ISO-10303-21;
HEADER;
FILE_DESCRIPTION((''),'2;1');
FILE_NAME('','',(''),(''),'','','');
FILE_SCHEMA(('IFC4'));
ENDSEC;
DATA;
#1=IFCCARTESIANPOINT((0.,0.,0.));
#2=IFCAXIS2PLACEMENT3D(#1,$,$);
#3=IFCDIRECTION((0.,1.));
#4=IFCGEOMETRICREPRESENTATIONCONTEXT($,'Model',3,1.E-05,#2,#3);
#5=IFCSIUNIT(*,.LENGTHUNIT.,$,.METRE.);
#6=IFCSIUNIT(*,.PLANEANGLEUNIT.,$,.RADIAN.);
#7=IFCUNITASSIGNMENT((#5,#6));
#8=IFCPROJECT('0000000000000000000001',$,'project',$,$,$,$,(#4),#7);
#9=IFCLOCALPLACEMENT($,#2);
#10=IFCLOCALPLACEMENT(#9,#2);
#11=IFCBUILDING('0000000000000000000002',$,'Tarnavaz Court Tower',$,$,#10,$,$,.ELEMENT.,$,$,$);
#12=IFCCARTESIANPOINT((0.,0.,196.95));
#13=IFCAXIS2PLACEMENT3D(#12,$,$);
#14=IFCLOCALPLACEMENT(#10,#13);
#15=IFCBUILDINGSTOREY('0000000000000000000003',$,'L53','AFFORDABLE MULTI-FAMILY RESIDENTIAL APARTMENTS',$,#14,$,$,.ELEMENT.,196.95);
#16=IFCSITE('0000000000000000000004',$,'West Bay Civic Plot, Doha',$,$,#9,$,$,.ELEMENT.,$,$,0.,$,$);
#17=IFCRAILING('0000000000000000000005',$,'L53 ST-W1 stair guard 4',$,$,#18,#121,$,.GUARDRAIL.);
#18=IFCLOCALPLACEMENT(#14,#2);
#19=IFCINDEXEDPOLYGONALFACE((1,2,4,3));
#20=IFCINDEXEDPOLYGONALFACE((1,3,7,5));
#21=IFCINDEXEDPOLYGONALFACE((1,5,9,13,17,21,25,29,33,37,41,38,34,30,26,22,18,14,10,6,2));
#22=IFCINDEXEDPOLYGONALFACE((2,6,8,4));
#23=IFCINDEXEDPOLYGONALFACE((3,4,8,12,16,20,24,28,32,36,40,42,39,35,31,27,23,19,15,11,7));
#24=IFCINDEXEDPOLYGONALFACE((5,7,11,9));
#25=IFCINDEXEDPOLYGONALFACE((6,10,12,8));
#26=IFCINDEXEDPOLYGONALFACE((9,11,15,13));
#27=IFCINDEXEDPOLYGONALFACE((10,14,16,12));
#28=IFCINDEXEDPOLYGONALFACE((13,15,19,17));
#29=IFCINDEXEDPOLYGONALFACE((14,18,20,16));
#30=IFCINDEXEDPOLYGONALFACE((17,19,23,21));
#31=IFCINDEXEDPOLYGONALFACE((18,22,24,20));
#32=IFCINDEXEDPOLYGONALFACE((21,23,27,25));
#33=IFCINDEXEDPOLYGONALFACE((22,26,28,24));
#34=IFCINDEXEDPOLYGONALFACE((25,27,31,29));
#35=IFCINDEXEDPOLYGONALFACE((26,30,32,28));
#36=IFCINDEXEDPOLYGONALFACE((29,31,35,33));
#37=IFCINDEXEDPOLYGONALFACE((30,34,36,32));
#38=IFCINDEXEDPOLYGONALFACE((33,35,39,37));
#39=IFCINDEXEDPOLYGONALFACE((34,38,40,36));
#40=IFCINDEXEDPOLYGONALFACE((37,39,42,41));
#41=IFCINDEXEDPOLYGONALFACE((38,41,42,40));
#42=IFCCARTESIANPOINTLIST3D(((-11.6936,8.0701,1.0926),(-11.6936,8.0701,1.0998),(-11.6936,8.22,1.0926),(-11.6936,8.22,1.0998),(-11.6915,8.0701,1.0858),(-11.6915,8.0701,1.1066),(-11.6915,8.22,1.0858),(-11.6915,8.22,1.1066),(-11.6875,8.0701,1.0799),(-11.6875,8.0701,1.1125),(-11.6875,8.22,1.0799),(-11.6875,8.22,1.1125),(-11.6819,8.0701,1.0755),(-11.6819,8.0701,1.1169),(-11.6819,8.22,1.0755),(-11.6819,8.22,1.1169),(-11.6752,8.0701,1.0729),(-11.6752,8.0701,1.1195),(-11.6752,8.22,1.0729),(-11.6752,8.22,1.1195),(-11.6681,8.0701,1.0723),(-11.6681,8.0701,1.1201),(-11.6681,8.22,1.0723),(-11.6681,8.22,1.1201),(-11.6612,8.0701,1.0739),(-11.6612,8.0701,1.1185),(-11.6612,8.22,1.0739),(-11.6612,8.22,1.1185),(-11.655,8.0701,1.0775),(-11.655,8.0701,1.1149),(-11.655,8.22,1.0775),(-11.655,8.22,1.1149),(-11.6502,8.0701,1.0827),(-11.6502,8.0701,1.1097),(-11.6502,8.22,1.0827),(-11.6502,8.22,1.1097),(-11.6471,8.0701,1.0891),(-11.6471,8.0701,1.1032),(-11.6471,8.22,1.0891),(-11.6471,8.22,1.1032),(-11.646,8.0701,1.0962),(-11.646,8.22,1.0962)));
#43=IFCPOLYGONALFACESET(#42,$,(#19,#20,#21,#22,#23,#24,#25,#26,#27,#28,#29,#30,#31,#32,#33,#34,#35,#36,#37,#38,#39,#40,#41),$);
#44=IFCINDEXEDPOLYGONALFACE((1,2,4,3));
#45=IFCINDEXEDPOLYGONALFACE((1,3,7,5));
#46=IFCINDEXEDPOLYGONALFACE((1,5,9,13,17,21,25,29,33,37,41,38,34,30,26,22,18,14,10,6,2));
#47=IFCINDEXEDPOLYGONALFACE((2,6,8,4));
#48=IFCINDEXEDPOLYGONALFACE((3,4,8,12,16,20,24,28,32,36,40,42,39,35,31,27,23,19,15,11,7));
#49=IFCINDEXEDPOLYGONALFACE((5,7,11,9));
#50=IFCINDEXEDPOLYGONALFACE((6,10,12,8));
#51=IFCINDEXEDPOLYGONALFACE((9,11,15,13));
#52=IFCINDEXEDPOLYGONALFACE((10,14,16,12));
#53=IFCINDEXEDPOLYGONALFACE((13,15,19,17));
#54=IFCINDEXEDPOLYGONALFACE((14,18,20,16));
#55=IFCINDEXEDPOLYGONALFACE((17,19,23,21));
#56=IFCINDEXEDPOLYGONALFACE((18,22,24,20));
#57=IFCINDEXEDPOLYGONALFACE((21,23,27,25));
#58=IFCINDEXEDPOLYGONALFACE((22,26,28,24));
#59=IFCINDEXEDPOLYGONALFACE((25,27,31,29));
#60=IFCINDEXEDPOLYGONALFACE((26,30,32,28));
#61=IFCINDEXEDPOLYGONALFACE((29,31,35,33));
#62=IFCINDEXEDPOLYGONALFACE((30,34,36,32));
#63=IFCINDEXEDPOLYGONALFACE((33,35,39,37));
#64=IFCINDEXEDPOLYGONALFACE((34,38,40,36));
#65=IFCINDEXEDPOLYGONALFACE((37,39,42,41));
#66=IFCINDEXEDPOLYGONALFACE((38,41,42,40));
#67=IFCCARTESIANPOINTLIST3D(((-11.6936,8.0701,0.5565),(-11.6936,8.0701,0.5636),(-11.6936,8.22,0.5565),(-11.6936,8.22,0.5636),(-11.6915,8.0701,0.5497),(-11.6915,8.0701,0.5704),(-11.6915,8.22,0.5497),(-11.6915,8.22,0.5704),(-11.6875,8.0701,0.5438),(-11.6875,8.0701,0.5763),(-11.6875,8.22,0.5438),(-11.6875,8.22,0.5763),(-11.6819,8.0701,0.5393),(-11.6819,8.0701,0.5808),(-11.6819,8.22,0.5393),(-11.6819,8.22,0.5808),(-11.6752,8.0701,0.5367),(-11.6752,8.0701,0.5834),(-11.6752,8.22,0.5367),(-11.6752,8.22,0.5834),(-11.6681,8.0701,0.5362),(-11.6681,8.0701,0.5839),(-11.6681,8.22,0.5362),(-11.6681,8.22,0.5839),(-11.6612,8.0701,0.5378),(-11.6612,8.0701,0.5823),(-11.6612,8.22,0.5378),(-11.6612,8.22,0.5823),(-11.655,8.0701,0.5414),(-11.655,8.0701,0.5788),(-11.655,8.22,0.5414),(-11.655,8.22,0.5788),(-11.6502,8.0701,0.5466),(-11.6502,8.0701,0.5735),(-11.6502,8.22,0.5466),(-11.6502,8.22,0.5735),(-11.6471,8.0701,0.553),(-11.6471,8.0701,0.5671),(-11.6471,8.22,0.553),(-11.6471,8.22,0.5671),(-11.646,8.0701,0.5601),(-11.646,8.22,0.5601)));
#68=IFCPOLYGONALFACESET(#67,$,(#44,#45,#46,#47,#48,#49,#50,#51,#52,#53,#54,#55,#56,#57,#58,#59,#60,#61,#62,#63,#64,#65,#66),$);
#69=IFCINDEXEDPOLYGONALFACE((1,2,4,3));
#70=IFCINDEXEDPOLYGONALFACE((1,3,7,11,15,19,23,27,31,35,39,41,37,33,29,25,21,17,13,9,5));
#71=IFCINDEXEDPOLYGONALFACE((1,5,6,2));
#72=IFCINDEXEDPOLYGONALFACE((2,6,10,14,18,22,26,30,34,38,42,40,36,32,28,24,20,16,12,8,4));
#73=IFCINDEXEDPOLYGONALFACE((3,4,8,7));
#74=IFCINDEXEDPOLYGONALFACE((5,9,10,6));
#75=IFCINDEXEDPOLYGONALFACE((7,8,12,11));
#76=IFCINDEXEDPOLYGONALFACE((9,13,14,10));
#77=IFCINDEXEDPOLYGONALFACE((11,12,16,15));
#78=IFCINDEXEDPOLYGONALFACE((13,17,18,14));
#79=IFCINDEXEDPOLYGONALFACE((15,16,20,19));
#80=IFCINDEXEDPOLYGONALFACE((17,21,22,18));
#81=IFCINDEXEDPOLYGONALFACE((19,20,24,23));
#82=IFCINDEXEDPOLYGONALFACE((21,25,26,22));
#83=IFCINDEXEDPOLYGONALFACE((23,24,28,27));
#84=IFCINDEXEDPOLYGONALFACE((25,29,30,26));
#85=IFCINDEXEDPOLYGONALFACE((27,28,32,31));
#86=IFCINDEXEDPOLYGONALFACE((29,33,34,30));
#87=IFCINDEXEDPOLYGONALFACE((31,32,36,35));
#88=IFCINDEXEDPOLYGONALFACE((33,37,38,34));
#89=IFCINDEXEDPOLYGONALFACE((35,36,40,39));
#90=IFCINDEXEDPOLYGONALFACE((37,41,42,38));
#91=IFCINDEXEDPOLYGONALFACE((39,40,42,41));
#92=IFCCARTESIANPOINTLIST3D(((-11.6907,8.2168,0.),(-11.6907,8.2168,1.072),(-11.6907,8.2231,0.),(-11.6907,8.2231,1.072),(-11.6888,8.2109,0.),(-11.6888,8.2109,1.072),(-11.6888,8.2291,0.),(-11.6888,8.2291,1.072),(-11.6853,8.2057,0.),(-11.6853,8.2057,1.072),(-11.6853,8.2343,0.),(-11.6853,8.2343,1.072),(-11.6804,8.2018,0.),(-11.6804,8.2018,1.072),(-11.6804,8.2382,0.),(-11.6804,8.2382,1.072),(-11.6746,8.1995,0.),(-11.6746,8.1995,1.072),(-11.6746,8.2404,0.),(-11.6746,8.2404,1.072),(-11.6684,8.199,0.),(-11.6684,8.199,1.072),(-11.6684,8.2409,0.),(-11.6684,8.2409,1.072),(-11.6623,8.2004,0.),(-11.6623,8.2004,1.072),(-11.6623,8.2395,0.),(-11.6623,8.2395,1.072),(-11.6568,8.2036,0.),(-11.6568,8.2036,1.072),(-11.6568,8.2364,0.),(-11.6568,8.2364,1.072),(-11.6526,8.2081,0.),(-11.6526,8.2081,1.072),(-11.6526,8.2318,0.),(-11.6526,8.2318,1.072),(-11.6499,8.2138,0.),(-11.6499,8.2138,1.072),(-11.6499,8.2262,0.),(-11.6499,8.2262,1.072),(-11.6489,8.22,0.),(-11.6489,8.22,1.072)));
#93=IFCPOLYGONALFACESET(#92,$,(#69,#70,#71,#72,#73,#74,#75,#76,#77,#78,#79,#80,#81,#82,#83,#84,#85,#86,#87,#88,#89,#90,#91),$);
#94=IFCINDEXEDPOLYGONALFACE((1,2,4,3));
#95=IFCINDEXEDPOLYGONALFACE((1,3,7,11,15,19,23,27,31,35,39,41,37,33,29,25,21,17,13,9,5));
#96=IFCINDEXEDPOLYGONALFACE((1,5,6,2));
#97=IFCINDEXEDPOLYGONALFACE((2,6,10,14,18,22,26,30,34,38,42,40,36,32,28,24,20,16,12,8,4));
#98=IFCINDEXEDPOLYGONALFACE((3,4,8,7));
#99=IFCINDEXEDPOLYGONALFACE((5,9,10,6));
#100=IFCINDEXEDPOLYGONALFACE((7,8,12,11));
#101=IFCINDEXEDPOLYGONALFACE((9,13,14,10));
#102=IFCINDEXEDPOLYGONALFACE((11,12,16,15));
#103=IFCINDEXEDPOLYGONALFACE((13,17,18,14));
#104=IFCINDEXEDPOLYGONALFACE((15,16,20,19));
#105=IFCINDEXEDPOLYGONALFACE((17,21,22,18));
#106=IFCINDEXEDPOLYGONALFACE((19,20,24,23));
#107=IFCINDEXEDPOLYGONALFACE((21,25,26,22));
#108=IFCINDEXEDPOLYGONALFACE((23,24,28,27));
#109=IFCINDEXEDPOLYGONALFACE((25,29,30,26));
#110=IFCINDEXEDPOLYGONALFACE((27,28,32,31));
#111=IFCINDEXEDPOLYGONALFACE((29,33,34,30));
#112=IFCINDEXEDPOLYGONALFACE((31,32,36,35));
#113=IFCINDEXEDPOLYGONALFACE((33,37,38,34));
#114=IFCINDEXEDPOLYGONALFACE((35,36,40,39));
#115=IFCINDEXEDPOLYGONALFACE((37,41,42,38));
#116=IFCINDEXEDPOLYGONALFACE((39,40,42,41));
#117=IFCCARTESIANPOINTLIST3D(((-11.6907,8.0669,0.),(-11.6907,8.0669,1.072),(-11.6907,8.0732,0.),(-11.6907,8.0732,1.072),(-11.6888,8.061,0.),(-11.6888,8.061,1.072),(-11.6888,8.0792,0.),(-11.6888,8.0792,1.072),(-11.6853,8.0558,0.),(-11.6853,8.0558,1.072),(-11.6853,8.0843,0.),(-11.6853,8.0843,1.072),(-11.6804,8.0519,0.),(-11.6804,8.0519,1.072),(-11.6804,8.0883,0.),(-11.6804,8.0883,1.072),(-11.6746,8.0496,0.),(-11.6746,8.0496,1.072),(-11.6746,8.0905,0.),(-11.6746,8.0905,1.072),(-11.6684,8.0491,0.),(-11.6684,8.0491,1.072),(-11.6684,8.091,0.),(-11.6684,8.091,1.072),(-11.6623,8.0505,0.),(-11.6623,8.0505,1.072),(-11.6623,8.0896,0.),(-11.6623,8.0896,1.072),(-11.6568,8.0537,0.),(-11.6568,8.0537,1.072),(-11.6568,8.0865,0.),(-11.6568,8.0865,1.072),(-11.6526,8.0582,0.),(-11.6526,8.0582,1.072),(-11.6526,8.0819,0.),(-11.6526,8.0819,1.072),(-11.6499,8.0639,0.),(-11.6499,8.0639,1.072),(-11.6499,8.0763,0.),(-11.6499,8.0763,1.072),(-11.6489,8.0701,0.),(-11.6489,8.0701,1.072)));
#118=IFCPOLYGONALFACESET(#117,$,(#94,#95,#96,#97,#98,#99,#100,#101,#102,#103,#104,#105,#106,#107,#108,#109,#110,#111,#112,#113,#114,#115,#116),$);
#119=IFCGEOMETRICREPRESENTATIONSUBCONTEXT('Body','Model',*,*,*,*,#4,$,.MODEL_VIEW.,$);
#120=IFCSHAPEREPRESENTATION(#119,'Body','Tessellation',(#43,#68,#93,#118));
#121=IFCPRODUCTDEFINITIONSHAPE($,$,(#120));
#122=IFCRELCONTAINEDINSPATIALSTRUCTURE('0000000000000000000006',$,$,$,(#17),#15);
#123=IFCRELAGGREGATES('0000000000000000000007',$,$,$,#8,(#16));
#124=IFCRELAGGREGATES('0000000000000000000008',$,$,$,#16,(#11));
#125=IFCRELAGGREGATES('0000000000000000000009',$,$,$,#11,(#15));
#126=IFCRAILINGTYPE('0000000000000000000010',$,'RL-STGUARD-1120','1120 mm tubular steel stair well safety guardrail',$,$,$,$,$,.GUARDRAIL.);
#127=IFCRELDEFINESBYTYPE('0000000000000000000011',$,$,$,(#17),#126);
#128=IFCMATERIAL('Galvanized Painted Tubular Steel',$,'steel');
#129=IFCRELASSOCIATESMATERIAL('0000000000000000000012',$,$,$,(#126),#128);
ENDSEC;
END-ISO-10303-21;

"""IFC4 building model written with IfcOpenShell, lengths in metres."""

from ifc_helpers import new_model, si_unit, direction, frame, origin, origin_2d, place, context, subcontext, project, spatial, circle, extrude, material, type_object, element, save


model = new_model("IFC4")

# Units and contexts
model_context = context("Model", 3, precision=1e-05, world=origin(), true_north=direction((0.0, 1.0)))
body_context = subcontext(model_context, "Body", "Model", "MODEL_VIEW")
ifc_project = project(units=[si_unit("LENGTHUNIT", "METRE"), si_unit("PLANEANGLEUNIT", "RADIAN")], contexts=[model_context])

# Site, building, storey
site_placement = place(None, origin())
site = spatial("IfcSite", under=ifc_project, at=site_placement, Name="West Bay Civic Plot, Doha", CompositionType="ELEMENT", RefElevation=0.0)
building_placement = place(site_placement, origin())
building = spatial("IfcBuilding", under=site, at=building_placement, Name="Tarnavaz Court Tower", CompositionType="ELEMENT")
storey_placement = place(building_placement, frame((0.0, 0.0, 196.95)))
storey = spatial("IfcBuildingStorey", under=building, at=storey_placement, Name="L53", Description="AFFORDABLE MULTI-FAMILY RESIDENTIAL APARTMENTS", CompositionType="ELEMENT", Elevation=196.95)

# Railing
ifc_material_1 = material(Name="Galvanized Painted Tubular Steel", Category="steel")
railing_type_1 = type_object("IfcRailingType", Name="RL-STGUARD-1120", Description="1120 mm tubular steel stair well safety guardrail", PredefinedType="GUARDRAIL", material=ifc_material_1)
railing_1_placement = place(storey_placement, frame((-11.6699, 8.22, 0.0)))
element("IfcRailing", 1, at=railing_1_placement, inside=storey, type_object=railing_type_1, Name="L53 ST-W1 stair guard 4", PredefinedType="GUARDRAIL", context=body_context, shape_type="SweptSolid", body=[
    extrude(circle(Radius=0.0239, at=origin_2d()), frame((0.0, 0.0, 1.0962), z_axis=(0.0, -1.0, 0.0), x_axis=(1.0, 0.0, 0.0)), (0.0, 0.0, 1.0), 0.1499),
    extrude(circle(Radius=0.0239, at=origin_2d()), frame((0.0, 0.0, 0.5601), z_axis=(0.0, -1.0, 0.0), x_axis=(1.0, 0.0, 0.0)), (0.0, 0.0, 1.0), 0.1499),
    extrude(circle(Radius=0.021, at=origin_2d()), origin(), (0.0, 0.0, 1.0), 1.072),
    extrude(circle(Radius=0.021, at=origin_2d()), frame((0.0, -0.1499, 0.0)), (0.0, 0.0, 1.0), 1.072),
])

save(model, "model.ifc")
